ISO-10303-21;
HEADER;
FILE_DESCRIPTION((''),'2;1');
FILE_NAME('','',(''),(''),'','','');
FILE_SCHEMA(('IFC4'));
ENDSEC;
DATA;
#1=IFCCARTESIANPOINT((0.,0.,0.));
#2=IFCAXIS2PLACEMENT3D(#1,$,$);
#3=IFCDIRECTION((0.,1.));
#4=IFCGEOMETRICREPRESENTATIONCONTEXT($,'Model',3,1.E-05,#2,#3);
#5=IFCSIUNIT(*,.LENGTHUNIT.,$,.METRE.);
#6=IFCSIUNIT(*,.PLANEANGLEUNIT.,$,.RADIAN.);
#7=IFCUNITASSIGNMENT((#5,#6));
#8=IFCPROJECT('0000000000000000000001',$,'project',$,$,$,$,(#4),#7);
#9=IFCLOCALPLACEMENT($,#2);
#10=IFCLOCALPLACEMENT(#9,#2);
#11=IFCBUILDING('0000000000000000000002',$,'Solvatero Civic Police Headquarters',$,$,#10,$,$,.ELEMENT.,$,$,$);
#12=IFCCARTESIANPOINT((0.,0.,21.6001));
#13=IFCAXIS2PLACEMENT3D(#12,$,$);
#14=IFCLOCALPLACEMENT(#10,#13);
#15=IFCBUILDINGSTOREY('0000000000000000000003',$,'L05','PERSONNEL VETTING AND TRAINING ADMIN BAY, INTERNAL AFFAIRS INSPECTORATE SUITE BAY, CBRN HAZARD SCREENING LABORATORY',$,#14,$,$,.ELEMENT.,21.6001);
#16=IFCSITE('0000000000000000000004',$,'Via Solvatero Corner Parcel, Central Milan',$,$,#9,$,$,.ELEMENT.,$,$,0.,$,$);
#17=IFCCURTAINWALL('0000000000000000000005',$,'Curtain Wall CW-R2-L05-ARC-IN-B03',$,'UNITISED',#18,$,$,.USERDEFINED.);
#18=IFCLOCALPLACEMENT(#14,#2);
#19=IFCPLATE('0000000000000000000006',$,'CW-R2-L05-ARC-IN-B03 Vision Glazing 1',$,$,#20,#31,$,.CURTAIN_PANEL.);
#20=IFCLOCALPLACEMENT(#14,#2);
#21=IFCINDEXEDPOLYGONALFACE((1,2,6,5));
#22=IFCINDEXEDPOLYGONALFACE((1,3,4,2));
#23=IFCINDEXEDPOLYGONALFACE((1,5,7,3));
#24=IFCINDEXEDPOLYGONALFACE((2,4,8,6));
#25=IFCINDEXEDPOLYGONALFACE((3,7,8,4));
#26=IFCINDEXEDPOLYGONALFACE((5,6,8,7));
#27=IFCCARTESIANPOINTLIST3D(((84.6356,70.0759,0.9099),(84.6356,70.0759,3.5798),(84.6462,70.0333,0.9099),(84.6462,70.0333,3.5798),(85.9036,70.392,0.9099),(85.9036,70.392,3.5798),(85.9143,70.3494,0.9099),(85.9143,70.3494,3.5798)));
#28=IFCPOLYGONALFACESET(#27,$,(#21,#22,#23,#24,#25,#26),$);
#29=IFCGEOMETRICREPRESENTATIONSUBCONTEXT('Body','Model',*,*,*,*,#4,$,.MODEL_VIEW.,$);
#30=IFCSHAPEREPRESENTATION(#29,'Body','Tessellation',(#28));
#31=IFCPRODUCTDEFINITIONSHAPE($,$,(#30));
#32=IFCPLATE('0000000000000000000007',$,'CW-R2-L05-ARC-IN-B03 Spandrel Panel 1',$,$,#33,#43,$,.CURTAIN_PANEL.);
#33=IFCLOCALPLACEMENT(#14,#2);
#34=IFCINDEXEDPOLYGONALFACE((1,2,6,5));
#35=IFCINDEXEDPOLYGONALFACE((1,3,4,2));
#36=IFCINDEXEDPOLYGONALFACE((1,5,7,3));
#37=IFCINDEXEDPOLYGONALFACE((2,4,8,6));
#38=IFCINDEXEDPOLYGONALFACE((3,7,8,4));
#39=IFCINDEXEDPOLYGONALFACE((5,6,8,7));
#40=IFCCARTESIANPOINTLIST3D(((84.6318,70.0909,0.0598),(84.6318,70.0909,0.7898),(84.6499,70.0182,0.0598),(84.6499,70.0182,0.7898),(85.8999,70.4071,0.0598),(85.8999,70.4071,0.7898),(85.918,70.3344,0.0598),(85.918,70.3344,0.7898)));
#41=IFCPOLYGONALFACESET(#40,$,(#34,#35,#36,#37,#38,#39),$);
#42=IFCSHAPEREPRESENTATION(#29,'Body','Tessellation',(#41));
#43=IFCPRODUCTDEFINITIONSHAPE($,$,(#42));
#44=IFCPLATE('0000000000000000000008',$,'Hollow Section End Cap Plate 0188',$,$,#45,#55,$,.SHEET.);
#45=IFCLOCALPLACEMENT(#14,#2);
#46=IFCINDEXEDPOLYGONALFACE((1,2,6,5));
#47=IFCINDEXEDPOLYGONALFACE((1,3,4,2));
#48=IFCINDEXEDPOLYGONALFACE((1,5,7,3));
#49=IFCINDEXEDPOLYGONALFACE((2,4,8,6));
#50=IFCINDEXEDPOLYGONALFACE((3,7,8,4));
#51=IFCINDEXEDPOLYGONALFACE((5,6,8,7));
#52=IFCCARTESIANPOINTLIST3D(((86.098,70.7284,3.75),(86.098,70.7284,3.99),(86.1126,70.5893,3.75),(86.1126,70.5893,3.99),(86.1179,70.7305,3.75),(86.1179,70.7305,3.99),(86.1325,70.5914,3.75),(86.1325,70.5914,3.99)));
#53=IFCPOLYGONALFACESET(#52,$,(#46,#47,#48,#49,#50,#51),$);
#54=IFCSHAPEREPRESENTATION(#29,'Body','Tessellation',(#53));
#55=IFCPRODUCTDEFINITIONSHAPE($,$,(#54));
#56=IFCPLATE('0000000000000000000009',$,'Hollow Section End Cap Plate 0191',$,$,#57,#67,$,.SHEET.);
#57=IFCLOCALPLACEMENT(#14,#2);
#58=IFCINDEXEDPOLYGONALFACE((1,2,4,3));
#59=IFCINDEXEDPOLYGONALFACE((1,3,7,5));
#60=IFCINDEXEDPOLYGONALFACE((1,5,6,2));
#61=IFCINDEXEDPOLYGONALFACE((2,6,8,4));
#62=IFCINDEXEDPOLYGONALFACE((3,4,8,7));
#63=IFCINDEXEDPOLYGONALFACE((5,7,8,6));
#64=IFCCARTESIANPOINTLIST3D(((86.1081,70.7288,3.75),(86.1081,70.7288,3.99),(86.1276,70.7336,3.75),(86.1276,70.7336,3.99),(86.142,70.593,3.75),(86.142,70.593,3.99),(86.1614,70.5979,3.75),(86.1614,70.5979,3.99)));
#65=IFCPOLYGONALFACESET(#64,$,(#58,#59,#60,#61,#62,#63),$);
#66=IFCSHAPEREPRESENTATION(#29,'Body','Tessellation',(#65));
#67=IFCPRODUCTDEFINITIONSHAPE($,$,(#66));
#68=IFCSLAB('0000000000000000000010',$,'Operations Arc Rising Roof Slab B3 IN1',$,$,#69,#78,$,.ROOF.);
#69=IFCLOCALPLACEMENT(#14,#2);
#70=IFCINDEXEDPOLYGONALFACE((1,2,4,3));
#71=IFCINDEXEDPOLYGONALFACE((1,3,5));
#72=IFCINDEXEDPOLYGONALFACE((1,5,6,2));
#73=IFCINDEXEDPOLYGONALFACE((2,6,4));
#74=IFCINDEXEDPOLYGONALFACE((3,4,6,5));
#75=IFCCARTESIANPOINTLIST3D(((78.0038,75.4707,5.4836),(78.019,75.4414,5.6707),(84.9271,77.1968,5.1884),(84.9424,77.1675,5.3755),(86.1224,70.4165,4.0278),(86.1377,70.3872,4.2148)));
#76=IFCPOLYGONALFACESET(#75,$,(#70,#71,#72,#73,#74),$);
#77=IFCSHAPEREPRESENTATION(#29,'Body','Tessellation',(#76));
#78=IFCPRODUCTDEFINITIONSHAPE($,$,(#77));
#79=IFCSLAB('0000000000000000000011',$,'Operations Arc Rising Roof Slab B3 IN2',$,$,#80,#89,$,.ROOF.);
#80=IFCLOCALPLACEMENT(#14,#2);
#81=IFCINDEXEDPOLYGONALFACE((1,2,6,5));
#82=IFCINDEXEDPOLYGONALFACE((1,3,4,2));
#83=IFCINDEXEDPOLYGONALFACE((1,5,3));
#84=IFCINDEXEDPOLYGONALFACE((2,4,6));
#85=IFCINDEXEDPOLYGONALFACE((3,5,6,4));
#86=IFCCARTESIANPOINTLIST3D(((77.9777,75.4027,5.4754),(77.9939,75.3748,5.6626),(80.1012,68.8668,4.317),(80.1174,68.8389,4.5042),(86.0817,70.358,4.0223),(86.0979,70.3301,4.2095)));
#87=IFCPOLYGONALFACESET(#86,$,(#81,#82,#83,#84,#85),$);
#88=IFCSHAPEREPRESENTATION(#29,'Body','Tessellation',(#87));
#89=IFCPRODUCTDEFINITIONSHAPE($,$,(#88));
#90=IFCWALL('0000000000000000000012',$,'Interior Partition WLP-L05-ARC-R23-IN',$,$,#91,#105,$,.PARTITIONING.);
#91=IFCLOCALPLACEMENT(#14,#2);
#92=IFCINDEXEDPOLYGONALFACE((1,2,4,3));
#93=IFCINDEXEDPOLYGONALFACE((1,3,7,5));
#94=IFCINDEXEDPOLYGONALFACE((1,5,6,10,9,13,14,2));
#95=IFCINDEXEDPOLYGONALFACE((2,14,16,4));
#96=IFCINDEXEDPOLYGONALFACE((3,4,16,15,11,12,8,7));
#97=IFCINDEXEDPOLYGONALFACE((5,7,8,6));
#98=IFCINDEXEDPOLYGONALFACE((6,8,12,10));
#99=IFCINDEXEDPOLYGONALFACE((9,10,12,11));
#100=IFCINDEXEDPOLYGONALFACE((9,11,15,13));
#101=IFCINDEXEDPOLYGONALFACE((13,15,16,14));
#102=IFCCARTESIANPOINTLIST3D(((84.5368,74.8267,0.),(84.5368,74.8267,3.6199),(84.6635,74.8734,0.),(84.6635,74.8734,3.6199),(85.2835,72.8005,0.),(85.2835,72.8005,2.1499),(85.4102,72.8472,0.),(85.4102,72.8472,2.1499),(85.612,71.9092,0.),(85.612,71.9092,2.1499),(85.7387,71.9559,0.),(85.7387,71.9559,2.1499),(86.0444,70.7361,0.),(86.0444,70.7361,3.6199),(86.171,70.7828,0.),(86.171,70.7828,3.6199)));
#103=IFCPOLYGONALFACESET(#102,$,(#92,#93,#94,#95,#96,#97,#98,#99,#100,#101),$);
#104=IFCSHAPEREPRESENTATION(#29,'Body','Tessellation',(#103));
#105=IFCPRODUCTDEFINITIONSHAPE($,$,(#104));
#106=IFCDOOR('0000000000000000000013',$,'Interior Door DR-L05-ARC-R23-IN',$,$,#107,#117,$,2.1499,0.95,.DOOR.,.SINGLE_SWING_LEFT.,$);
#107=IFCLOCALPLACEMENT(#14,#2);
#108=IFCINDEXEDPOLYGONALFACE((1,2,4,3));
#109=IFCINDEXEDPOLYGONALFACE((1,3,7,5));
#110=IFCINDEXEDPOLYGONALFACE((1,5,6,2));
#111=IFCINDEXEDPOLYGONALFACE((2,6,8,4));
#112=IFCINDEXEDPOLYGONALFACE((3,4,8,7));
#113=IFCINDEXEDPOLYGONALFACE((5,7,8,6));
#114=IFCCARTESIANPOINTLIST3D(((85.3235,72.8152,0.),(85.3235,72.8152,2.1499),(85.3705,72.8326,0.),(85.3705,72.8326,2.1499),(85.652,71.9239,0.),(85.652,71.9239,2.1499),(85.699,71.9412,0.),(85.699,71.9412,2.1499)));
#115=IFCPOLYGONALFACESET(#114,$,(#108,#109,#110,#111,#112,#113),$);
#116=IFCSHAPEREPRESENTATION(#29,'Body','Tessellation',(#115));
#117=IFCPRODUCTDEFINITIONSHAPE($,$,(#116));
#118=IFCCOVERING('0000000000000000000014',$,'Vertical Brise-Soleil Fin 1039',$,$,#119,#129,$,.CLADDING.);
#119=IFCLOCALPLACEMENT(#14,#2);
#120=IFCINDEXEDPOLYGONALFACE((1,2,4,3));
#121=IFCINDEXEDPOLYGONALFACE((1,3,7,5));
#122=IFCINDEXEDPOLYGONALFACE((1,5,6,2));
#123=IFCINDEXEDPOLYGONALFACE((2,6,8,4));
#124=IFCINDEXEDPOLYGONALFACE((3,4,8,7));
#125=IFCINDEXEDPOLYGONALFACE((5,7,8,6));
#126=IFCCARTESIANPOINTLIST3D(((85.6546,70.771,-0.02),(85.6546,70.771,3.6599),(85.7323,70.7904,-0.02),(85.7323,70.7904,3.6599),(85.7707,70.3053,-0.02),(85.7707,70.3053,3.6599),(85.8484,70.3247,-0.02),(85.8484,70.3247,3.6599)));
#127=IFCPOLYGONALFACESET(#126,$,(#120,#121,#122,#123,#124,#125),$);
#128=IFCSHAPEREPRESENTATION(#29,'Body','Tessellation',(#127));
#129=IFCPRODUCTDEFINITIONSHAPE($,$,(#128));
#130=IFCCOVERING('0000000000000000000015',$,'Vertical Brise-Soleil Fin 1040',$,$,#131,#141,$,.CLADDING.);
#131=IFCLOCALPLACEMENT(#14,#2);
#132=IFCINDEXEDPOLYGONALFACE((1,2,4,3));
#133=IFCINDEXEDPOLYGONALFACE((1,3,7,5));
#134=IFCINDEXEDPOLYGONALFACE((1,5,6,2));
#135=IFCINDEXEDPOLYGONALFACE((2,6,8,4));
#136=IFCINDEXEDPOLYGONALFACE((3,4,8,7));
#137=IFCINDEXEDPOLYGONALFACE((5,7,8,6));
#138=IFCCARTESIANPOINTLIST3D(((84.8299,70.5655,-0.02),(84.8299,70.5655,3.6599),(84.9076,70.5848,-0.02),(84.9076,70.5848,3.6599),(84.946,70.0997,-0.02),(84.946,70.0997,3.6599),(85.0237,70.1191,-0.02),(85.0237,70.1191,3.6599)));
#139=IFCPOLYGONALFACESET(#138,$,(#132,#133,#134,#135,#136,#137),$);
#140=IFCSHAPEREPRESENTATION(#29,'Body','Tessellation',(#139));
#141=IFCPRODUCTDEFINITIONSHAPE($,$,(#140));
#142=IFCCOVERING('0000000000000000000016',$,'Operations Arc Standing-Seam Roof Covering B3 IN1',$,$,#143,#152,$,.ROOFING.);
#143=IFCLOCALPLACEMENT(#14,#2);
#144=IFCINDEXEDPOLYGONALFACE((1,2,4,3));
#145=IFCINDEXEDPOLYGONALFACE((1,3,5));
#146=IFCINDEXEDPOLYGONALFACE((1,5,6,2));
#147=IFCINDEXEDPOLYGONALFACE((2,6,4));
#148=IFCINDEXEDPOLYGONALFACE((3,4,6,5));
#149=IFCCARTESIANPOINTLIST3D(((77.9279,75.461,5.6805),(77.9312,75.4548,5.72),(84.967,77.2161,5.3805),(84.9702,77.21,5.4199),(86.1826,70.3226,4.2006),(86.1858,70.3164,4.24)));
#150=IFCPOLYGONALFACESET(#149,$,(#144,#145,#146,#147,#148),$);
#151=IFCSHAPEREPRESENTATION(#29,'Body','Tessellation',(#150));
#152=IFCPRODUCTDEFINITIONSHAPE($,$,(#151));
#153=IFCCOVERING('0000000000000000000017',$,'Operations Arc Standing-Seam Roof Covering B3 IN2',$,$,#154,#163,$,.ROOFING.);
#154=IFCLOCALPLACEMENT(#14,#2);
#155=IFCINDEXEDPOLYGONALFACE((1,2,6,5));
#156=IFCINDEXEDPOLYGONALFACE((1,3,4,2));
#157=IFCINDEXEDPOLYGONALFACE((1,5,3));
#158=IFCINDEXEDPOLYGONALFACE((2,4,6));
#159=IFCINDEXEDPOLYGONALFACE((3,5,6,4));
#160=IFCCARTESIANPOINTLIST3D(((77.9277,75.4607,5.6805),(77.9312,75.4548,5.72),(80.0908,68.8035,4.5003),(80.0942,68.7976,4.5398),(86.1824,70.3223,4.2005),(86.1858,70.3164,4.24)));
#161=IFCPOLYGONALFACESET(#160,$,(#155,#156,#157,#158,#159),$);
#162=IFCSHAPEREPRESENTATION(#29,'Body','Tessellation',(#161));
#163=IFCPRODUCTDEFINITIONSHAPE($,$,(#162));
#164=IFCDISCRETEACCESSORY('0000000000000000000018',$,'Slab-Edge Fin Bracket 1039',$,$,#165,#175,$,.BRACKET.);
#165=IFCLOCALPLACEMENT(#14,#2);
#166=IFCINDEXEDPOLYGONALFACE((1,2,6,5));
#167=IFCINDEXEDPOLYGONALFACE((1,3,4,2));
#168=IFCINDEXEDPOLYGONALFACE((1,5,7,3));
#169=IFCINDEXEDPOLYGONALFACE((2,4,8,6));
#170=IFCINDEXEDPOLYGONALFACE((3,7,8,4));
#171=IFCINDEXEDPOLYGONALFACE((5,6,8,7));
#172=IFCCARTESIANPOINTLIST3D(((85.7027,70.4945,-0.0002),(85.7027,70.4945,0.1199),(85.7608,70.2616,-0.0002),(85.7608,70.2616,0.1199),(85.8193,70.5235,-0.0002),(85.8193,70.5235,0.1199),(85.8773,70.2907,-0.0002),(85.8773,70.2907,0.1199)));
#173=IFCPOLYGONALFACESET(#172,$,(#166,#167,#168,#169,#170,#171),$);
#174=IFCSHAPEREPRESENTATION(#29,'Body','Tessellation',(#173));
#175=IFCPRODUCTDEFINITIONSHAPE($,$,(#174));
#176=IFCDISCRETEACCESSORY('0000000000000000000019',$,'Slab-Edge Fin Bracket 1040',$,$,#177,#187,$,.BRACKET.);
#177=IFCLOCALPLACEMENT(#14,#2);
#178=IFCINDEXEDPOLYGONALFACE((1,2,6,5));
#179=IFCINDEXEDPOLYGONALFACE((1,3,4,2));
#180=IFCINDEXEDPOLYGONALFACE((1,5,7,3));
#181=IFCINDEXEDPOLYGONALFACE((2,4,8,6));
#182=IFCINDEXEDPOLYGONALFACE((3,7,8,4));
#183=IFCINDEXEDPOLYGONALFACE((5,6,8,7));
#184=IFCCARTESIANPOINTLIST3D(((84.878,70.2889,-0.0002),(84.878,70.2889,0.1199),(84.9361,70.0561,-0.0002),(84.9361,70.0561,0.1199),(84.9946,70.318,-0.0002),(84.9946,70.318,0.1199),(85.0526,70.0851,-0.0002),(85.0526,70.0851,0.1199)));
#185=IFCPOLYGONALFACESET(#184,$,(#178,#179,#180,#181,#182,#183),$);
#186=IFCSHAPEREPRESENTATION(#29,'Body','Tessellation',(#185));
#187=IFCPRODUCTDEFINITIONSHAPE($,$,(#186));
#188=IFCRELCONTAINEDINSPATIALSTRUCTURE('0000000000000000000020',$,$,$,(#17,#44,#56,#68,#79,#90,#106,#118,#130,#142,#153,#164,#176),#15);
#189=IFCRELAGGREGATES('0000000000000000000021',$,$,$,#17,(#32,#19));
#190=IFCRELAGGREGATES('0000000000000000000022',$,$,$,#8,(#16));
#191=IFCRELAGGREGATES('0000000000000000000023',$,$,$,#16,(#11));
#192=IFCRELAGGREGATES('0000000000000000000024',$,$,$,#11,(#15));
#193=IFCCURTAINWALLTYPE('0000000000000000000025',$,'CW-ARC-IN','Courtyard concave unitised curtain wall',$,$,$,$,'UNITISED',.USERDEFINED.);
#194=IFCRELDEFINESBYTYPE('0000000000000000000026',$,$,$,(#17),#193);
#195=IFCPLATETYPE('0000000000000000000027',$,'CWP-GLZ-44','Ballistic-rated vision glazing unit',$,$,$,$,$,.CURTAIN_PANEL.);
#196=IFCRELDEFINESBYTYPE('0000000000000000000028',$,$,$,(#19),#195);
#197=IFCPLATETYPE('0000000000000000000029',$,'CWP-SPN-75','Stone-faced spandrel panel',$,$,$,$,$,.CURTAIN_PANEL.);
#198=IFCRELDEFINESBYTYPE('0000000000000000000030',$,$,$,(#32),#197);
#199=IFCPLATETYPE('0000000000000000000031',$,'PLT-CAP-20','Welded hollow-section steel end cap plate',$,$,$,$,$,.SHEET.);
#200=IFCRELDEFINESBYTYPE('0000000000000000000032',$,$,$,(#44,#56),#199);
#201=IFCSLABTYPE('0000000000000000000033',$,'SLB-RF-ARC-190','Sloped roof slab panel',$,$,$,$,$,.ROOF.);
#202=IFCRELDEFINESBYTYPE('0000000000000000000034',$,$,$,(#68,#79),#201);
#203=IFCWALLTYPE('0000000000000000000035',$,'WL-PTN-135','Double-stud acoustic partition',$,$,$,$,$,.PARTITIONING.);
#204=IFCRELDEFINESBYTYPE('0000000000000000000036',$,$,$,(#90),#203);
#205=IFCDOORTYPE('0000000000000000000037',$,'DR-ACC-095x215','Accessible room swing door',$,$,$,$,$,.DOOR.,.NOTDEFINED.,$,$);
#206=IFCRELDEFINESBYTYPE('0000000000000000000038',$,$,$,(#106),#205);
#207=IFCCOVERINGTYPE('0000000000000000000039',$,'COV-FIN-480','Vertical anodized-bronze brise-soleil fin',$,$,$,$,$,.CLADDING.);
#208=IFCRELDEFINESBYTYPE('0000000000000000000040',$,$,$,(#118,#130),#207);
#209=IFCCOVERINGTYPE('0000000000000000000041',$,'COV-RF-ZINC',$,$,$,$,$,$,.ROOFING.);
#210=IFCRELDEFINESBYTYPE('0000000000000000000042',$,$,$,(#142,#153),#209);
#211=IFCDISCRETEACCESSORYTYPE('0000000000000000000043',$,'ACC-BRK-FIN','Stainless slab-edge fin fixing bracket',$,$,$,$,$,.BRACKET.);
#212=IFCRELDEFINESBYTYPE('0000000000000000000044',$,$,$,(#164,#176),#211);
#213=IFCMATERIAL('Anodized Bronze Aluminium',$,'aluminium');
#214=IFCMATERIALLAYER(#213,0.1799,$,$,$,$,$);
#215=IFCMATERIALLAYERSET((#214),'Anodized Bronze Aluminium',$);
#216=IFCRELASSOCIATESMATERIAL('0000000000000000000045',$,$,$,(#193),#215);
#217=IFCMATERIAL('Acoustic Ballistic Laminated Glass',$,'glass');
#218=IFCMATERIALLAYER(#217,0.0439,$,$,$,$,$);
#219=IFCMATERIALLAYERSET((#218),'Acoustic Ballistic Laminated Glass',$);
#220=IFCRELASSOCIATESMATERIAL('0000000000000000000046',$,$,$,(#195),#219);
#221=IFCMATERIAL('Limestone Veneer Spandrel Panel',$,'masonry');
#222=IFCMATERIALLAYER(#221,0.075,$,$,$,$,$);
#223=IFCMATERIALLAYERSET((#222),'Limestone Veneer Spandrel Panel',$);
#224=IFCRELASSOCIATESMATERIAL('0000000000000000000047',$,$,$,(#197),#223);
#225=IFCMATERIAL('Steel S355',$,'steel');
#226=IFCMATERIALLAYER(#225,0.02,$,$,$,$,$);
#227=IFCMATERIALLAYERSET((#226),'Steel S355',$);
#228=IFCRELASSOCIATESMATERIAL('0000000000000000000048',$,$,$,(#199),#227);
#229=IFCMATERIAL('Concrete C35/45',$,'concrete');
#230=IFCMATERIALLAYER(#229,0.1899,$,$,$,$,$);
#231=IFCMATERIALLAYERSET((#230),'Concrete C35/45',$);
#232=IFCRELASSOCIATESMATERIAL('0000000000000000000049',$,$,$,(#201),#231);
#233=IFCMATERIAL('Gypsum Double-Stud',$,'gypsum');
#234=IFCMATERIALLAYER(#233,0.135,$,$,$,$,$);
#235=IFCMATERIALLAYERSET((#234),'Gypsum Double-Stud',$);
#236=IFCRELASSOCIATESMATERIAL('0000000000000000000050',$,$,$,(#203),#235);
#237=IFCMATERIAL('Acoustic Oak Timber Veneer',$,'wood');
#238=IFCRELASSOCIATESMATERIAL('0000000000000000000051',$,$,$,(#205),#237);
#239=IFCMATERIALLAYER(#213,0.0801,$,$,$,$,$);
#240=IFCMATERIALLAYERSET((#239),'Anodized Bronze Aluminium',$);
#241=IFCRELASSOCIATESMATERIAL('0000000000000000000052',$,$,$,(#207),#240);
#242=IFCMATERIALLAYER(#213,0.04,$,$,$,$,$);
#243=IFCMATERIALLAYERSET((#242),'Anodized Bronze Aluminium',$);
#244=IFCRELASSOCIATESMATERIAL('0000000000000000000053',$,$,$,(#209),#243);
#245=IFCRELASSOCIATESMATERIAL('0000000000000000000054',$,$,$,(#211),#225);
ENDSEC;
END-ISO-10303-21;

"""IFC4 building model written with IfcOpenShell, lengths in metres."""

from ifc_helpers import new_model, si_unit, direction, frame, frame_2d, origin, origin_2d, place, context, subcontext, project, spatial, polyline, rectangle, outline, extrude, material, layer, layer_set, type_object, element, fill, aggregate, save


model = new_model("IFC4")

# Units and contexts
model_context = context("Model", 3, precision=1e-05, world=origin(), true_north=direction((0.0, 1.0)))
body_context = subcontext(model_context, "Body", "Model", "MODEL_VIEW")
ifc_project = project(units=[si_unit("LENGTHUNIT", "METRE"), si_unit("PLANEANGLEUNIT", "RADIAN")], contexts=[model_context])

# Site, building, storey
site_placement = place(None, origin())
site = spatial("IfcSite", under=ifc_project, at=site_placement, Name="Via Solvatero Corner Parcel, Central Milan", CompositionType="ELEMENT", RefElevation=0.0)
building_placement = place(site_placement, origin())
building = spatial("IfcBuilding", under=site, at=building_placement, Name="Solvatero Civic Police Headquarters", CompositionType="ELEMENT")
storey_placement = place(building_placement, frame((0.0, 0.0, 21.6001)))
storey = spatial("IfcBuildingStorey", under=building, at=storey_placement, Name="L05", Description="PERSONNEL VETTING AND TRAINING ADMIN BAY, INTERNAL AFFAIRS INSPECTORATE SUITE BAY, CBRN HAZARD SCREENING LABORATORY", CompositionType="ELEMENT", Elevation=21.6001)

# Shared definitions
ifc_material_1 = material(Name="Steel S355", Category="steel")

# Curtain wall
ifc_material_2 = material(Name="Anodized Bronze Aluminium", Category="aluminium")
ifc_layer_1 = layer(ifc_material_2, 0.1799)
ifc_layer_set_1 = layer_set([ifc_layer_1], Name="Anodized Bronze Aluminium")
curtain_wall_type = type_object("IfcCurtainWallType", Name="CW-ARC-IN", Description="Courtyard concave unitised curtain wall", ElementType="UNITISED", PredefinedType="USERDEFINED", material=ifc_layer_set_1)
curtain_wall_1_placement = place(storey_placement, origin())
curtain_wall_1 = element("IfcCurtainWall", 1, at=curtain_wall_1_placement, inside=storey, type_object=curtain_wall_type, Name="Curtain Wall CW-R2-L05-ARC-IN-B03", ObjectType="UNITISED", PredefinedType="USERDEFINED")

# Plates
ifc_material_3 = material(Name="Acoustic Ballistic Laminated Glass", Category="glass")
ifc_layer_2 = layer(ifc_material_3, 0.0439)
ifc_layer_set_2 = layer_set([ifc_layer_2], Name="Acoustic Ballistic Laminated Glass")
plate_type_1 = type_object("IfcPlateType", Name="CWP-GLZ-44", Description="Ballistic-rated vision glazing unit", PredefinedType="CURTAIN_PANEL", material=ifc_layer_set_2)
plate_1_placement = place(storey_placement, frame((85.2749, 70.2126, 0.9099), z_axis=(0.0, 0.0, 1.0), x_axis=(-0.9703, -0.241905, 0.0)))
plate_1 = element("IfcPlate", 2, at=plate_1_placement, type_object=plate_type_1, Name="CW-R2-L05-ARC-IN-B03 Vision Glazing 1", PredefinedType="CURTAIN_PANEL", context=body_context, shape_type="SweptSolid", body=[
    extrude(rectangle(XDim=1.3069, YDim=0.0439, at=origin_2d()), origin(), (0.0, 0.0, 1.0), 2.6699),
])
ifc_material_4 = material(Name="Limestone Veneer Spandrel Panel", Category="masonry")
ifc_layer_3 = layer(ifc_material_4, 0.075)
ifc_layer_set_3 = layer_set([ifc_layer_3], Name="Limestone Veneer Spandrel Panel")
plate_type_2 = type_object("IfcPlateType", Name="CWP-SPN-75", Description="Stone-faced spandrel panel", PredefinedType="CURTAIN_PANEL", material=ifc_layer_set_3)
plate_2_placement = place(storey_placement, frame((85.2749, 70.2126, 0.0598), z_axis=(0.0, 0.0, 1.0), x_axis=(-0.9703, -0.241905, 0.0)))
plate_2 = element("IfcPlate", 3, at=plate_2_placement, type_object=plate_type_2, Name="CW-R2-L05-ARC-IN-B03 Spandrel Panel 1", PredefinedType="CURTAIN_PANEL", context=body_context, shape_type="SweptSolid", body=[
    extrude(rectangle(XDim=1.3069, YDim=0.075, at=origin_2d()), origin(), (0.0, 0.0, 1.0), 0.73),
])
aggregate(curtain_wall_1, [plate_2, plate_1])

# Plates
ifc_layer_4 = layer(ifc_material_1, 0.02)
ifc_layer_set_4 = layer_set([ifc_layer_4], Name="Steel S355")
plate_type_3 = type_object("IfcPlateType", Name="PLT-CAP-20", Description="Welded hollow-section steel end cap plate", PredefinedType="SHEET", material=ifc_layer_set_4)
for number, where, z_axis, x_axis, name in (
    (4, (86.1152, 70.6599, 3.75), (0.0, 0.0, 1.0), (-0.99452, -0.104546, 0.0), "Hollow Section End Cap Plate 0188"),
    (5, (86.1348, 70.6633, 3.75), (0.0, 0.0, 1.0), (-0.970296, -0.241922, 0.0), "Hollow Section End Cap Plate 0191"),
):
    element("IfcPlate", number, at=place(storey_placement, frame(where, z_axis=z_axis, x_axis=x_axis)), inside=storey, type_object=plate_type_3, Name=name, PredefinedType="SHEET", context=body_context, shape_type="SweptSolid", body=[
        extrude(rectangle(XDim=0.02, YDim=0.1399, at=origin_2d()), origin(), (0.0, 0.0, 1.0), 0.24),
    ])

# Slabs
ifc_material_5 = material(Name="Concrete C35/45", Category="concrete")
ifc_layer_5 = layer(ifc_material_5, 0.1899)
ifc_layer_set_5 = layer_set([ifc_layer_5], Name="Concrete C35/45")
slab_type = type_object("IfcSlabType", Name="SLB-RF-ARC-190", Description="Sloped roof slab panel", PredefinedType="ROOF", material=ifc_layer_set_5)
slab_1_placement = place(storey_placement, frame((86.1377, 70.3872, 4.2148), z_axis=(0.080471, -0.154379, 0.984729), x_axis=(-0.839266, 0.522478, 0.150495)))
element("IfcSlab", 6, at=slab_1_placement, inside=storey, type_object=slab_type, Name="Operations Arc Rising Roof Slab B3 IN1", PredefinedType="ROOF", context=body_context, shape_type="SweptSolid", body=[
    extrude(outline(polyline([(0.0, 0.0), (9.6735, 0.0), (4.7204, -5.1445), (0.0, 0.0)])), origin(), (0.0, 0.0, -1.0), 0.1899),
])
slab_2_placement = place(storey_placement, frame((86.0979, 70.3301, 4.2095), z_axis=(0.085207, -0.146983, 0.985462), x_axis=(-0.969184, -0.241663, 0.047755)))
element("IfcSlab", 7, at=slab_2_placement, inside=storey, type_object=slab_type, Name="Operations Arc Rising Roof Slab B3 IN2", PredefinedType="ROOF", context=body_context, shape_type="SweptSolid", body=[
    extrude(outline(polyline([(0.0, 0.0), (6.1706, 0.0), (6.7046, -6.9487), (0.0, 0.0)])), origin(), (0.0, 0.0, -1.0), 0.1899),
])

# Wall, opening, door
ifc_material_6 = material(Name="Gypsum Double-Stud", Category="gypsum")
ifc_layer_6 = layer(ifc_material_6, 0.135)
ifc_layer_set_6 = layer_set([ifc_layer_6], Name="Gypsum Double-Stud")
wall_type = type_object("IfcWallType", Name="WL-PTN-135", Description="Double-stud acoustic partition", PredefinedType="PARTITIONING", material=ifc_layer_set_6)
wall_placement = place(storey_placement, frame((86.1077, 70.7595, 0.0), z_axis=(0.0, 0.0, 1.0), x_axis=(-0.345809, 0.938305, 0.0)))
wall = element("IfcWall", 8, at=wall_placement, inside=storey, type_object=wall_type, Name="Interior Partition WLP-L05-ARC-R23-IN", PredefinedType="PARTITIONING", context=body_context, shape_type="SweptSolid", body=[
    extrude(rectangle(XDim=4.3596, YDim=0.135, at=frame_2d((2.1797, 0.0))), origin(), (0.0, 0.0, 1.0), 3.6199),
])
opening_placement = place(wall_placement, frame((1.25, 0.0, 0.0)))
opening = element("IfcOpeningElement", 9, at=opening_placement, cuts=wall, PredefinedType="OPENING", context=body_context, shape_type="SweptSolid", body=[
    extrude(rectangle(XDim=0.95, YDim=2.1499, at=frame_2d((0.4751, 1.075))), frame((0.0, 0.0774, 0.0), z_axis=(0.0, -1.0, 0.0), x_axis=(1.0, 0.0, 0.0)), (0.0, 0.0, 1.0), 0.155),
])
ifc_material_7 = material(Name="Acoustic Oak Timber Veneer", Category="wood")
door_type = type_object("IfcDoorType", Name="DR-ACC-095x215", Description="Accessible room swing door", OperationType="NOTDEFINED", PredefinedType="DOOR", material=ifc_material_7)
door_placement = place(opening_placement, origin())
door = element("IfcDoor", 10, at=door_placement, inside=storey, type_object=door_type, Name="Interior Door DR-L05-ARC-R23-IN", OperationType="SINGLE_SWING_LEFT", OverallHeight=2.1499, OverallWidth=0.95, PredefinedType="DOOR", context=body_context, shape_type="SweptSolid", body=[
    extrude(rectangle(XDim=0.95, YDim=2.1499, at=frame_2d((0.4751, 1.075))), frame((0.0, 0.0249, 0.0), z_axis=(0.0, -1.0, 0.0), x_axis=(1.0, 0.0, 0.0)), (0.0, 0.0, 1.0), 0.05),
])
fill(opening, door)

# Coverings
ifc_layer_7 = layer(ifc_material_2, 0.0801)
ifc_layer_set_7 = layer_set([ifc_layer_7], Name="Anodized Bronze Aluminium")
covering_type_1 = type_object("IfcCoveringType", Name="COV-FIN-480", Description="Vertical anodized-bronze brise-soleil fin", PredefinedType="CLADDING", material=ifc_layer_set_7)
for number, where, z_axis, x_axis, name in (
    (11, (85.7515, 70.5479, -0.02), (0.0, 0.0, 1.0), (-0.9703, -0.241905, 0.0), "Vertical Brise-Soleil Fin 1039"),
    (12, (84.9268, 70.3423, -0.02), (0.0, 0.0, 1.0), (-0.9703, -0.241905, 0.0), "Vertical Brise-Soleil Fin 1040"),
):
    element("IfcCovering", number, at=place(storey_placement, frame(where, z_axis=z_axis, x_axis=x_axis)), inside=storey, type_object=covering_type_1, Name=name, PredefinedType="CLADDING", context=body_context, shape_type="SweptSolid", body=[
        extrude(rectangle(XDim=0.0801, YDim=0.48, at=origin_2d()), origin(), (0.0, 0.0, 1.0), 3.6799),
    ])
ifc_layer_8 = layer(ifc_material_2, 0.04)
ifc_layer_set_8 = layer_set([ifc_layer_8], Name="Anodized Bronze Aluminium")
covering_type_2 = type_object("IfcCoveringType", Name="COV-RF-ZINC", PredefinedType="ROOFING", material=ifc_layer_set_8)
covering_1_placement = place(storey_placement, frame((86.1858, 70.3164, 4.24), z_axis=(0.080464, -0.154362, 0.984732), x_axis=(-0.17124, 0.971107, 0.166219)))
element("IfcCovering", 13, at=covering_1_placement, inside=storey, type_object=covering_type_2, Name="Operations Arc Standing-Seam Roof Covering B3 IN1", PredefinedType="ROOFING", context=body_context, shape_type="SweptSolid", body=[
    extrude(outline(polyline([(0.0, 0.0), (7.0987, 0.0), (6.6495, 7.2469), (0.0, 0.0)])), origin(), (0.0, 0.0, -1.0), 0.04),
])
covering_2_placement = place(storey_placement, frame((86.1858, 70.3164, 4.24), z_axis=(0.085159, -0.147029, 0.985459), x_axis=(-0.839288, 0.522448, 0.150477)))
element("IfcCovering", 14, at=covering_2_placement, inside=storey, type_object=covering_type_2, Name="Operations Arc Standing-Seam Roof Covering B3 IN2", PredefinedType="ROOFING", context=body_context, shape_type="SweptSolid", body=[
    extrude(outline(polyline([(0.0, 0.0), (9.8353, 0.0), (4.3642, 4.523), (0.0, 0.0)])), origin(), (0.0, 0.0, -1.0), 0.04),
])

# Discrete accessories
discrete_accessory_type = type_object("IfcDiscreteAccessoryType", Name="ACC-BRK-FIN", Description="Stainless slab-edge fin fixing bracket", PredefinedType="BRACKET", material=ifc_material_1)
for number, where, z_axis, x_axis, name in (
    (15, (85.79, 70.3926, -0.0002), (0.0, 0.0, 1.0), (-0.9703, -0.241905, 0.0), "Slab-Edge Fin Bracket 1039"),
    (16, (84.9653, 70.187, -0.0002), (0.0, 0.0, 1.0), (-0.9703, -0.241905, 0.0), "Slab-Edge Fin Bracket 1040"),
):
    element("IfcDiscreteAccessory", number, at=place(storey_placement, frame(where, z_axis=z_axis, x_axis=x_axis)), inside=storey, type_object=discrete_accessory_type, Name=name, PredefinedType="BRACKET", context=body_context, shape_type="SweptSolid", body=[
        extrude(rectangle(XDim=0.1201, YDim=0.24, at=origin_2d()), origin(), (0.0, 0.0, 1.0), 0.1201),
    ])

save(model, "model.ifc")
